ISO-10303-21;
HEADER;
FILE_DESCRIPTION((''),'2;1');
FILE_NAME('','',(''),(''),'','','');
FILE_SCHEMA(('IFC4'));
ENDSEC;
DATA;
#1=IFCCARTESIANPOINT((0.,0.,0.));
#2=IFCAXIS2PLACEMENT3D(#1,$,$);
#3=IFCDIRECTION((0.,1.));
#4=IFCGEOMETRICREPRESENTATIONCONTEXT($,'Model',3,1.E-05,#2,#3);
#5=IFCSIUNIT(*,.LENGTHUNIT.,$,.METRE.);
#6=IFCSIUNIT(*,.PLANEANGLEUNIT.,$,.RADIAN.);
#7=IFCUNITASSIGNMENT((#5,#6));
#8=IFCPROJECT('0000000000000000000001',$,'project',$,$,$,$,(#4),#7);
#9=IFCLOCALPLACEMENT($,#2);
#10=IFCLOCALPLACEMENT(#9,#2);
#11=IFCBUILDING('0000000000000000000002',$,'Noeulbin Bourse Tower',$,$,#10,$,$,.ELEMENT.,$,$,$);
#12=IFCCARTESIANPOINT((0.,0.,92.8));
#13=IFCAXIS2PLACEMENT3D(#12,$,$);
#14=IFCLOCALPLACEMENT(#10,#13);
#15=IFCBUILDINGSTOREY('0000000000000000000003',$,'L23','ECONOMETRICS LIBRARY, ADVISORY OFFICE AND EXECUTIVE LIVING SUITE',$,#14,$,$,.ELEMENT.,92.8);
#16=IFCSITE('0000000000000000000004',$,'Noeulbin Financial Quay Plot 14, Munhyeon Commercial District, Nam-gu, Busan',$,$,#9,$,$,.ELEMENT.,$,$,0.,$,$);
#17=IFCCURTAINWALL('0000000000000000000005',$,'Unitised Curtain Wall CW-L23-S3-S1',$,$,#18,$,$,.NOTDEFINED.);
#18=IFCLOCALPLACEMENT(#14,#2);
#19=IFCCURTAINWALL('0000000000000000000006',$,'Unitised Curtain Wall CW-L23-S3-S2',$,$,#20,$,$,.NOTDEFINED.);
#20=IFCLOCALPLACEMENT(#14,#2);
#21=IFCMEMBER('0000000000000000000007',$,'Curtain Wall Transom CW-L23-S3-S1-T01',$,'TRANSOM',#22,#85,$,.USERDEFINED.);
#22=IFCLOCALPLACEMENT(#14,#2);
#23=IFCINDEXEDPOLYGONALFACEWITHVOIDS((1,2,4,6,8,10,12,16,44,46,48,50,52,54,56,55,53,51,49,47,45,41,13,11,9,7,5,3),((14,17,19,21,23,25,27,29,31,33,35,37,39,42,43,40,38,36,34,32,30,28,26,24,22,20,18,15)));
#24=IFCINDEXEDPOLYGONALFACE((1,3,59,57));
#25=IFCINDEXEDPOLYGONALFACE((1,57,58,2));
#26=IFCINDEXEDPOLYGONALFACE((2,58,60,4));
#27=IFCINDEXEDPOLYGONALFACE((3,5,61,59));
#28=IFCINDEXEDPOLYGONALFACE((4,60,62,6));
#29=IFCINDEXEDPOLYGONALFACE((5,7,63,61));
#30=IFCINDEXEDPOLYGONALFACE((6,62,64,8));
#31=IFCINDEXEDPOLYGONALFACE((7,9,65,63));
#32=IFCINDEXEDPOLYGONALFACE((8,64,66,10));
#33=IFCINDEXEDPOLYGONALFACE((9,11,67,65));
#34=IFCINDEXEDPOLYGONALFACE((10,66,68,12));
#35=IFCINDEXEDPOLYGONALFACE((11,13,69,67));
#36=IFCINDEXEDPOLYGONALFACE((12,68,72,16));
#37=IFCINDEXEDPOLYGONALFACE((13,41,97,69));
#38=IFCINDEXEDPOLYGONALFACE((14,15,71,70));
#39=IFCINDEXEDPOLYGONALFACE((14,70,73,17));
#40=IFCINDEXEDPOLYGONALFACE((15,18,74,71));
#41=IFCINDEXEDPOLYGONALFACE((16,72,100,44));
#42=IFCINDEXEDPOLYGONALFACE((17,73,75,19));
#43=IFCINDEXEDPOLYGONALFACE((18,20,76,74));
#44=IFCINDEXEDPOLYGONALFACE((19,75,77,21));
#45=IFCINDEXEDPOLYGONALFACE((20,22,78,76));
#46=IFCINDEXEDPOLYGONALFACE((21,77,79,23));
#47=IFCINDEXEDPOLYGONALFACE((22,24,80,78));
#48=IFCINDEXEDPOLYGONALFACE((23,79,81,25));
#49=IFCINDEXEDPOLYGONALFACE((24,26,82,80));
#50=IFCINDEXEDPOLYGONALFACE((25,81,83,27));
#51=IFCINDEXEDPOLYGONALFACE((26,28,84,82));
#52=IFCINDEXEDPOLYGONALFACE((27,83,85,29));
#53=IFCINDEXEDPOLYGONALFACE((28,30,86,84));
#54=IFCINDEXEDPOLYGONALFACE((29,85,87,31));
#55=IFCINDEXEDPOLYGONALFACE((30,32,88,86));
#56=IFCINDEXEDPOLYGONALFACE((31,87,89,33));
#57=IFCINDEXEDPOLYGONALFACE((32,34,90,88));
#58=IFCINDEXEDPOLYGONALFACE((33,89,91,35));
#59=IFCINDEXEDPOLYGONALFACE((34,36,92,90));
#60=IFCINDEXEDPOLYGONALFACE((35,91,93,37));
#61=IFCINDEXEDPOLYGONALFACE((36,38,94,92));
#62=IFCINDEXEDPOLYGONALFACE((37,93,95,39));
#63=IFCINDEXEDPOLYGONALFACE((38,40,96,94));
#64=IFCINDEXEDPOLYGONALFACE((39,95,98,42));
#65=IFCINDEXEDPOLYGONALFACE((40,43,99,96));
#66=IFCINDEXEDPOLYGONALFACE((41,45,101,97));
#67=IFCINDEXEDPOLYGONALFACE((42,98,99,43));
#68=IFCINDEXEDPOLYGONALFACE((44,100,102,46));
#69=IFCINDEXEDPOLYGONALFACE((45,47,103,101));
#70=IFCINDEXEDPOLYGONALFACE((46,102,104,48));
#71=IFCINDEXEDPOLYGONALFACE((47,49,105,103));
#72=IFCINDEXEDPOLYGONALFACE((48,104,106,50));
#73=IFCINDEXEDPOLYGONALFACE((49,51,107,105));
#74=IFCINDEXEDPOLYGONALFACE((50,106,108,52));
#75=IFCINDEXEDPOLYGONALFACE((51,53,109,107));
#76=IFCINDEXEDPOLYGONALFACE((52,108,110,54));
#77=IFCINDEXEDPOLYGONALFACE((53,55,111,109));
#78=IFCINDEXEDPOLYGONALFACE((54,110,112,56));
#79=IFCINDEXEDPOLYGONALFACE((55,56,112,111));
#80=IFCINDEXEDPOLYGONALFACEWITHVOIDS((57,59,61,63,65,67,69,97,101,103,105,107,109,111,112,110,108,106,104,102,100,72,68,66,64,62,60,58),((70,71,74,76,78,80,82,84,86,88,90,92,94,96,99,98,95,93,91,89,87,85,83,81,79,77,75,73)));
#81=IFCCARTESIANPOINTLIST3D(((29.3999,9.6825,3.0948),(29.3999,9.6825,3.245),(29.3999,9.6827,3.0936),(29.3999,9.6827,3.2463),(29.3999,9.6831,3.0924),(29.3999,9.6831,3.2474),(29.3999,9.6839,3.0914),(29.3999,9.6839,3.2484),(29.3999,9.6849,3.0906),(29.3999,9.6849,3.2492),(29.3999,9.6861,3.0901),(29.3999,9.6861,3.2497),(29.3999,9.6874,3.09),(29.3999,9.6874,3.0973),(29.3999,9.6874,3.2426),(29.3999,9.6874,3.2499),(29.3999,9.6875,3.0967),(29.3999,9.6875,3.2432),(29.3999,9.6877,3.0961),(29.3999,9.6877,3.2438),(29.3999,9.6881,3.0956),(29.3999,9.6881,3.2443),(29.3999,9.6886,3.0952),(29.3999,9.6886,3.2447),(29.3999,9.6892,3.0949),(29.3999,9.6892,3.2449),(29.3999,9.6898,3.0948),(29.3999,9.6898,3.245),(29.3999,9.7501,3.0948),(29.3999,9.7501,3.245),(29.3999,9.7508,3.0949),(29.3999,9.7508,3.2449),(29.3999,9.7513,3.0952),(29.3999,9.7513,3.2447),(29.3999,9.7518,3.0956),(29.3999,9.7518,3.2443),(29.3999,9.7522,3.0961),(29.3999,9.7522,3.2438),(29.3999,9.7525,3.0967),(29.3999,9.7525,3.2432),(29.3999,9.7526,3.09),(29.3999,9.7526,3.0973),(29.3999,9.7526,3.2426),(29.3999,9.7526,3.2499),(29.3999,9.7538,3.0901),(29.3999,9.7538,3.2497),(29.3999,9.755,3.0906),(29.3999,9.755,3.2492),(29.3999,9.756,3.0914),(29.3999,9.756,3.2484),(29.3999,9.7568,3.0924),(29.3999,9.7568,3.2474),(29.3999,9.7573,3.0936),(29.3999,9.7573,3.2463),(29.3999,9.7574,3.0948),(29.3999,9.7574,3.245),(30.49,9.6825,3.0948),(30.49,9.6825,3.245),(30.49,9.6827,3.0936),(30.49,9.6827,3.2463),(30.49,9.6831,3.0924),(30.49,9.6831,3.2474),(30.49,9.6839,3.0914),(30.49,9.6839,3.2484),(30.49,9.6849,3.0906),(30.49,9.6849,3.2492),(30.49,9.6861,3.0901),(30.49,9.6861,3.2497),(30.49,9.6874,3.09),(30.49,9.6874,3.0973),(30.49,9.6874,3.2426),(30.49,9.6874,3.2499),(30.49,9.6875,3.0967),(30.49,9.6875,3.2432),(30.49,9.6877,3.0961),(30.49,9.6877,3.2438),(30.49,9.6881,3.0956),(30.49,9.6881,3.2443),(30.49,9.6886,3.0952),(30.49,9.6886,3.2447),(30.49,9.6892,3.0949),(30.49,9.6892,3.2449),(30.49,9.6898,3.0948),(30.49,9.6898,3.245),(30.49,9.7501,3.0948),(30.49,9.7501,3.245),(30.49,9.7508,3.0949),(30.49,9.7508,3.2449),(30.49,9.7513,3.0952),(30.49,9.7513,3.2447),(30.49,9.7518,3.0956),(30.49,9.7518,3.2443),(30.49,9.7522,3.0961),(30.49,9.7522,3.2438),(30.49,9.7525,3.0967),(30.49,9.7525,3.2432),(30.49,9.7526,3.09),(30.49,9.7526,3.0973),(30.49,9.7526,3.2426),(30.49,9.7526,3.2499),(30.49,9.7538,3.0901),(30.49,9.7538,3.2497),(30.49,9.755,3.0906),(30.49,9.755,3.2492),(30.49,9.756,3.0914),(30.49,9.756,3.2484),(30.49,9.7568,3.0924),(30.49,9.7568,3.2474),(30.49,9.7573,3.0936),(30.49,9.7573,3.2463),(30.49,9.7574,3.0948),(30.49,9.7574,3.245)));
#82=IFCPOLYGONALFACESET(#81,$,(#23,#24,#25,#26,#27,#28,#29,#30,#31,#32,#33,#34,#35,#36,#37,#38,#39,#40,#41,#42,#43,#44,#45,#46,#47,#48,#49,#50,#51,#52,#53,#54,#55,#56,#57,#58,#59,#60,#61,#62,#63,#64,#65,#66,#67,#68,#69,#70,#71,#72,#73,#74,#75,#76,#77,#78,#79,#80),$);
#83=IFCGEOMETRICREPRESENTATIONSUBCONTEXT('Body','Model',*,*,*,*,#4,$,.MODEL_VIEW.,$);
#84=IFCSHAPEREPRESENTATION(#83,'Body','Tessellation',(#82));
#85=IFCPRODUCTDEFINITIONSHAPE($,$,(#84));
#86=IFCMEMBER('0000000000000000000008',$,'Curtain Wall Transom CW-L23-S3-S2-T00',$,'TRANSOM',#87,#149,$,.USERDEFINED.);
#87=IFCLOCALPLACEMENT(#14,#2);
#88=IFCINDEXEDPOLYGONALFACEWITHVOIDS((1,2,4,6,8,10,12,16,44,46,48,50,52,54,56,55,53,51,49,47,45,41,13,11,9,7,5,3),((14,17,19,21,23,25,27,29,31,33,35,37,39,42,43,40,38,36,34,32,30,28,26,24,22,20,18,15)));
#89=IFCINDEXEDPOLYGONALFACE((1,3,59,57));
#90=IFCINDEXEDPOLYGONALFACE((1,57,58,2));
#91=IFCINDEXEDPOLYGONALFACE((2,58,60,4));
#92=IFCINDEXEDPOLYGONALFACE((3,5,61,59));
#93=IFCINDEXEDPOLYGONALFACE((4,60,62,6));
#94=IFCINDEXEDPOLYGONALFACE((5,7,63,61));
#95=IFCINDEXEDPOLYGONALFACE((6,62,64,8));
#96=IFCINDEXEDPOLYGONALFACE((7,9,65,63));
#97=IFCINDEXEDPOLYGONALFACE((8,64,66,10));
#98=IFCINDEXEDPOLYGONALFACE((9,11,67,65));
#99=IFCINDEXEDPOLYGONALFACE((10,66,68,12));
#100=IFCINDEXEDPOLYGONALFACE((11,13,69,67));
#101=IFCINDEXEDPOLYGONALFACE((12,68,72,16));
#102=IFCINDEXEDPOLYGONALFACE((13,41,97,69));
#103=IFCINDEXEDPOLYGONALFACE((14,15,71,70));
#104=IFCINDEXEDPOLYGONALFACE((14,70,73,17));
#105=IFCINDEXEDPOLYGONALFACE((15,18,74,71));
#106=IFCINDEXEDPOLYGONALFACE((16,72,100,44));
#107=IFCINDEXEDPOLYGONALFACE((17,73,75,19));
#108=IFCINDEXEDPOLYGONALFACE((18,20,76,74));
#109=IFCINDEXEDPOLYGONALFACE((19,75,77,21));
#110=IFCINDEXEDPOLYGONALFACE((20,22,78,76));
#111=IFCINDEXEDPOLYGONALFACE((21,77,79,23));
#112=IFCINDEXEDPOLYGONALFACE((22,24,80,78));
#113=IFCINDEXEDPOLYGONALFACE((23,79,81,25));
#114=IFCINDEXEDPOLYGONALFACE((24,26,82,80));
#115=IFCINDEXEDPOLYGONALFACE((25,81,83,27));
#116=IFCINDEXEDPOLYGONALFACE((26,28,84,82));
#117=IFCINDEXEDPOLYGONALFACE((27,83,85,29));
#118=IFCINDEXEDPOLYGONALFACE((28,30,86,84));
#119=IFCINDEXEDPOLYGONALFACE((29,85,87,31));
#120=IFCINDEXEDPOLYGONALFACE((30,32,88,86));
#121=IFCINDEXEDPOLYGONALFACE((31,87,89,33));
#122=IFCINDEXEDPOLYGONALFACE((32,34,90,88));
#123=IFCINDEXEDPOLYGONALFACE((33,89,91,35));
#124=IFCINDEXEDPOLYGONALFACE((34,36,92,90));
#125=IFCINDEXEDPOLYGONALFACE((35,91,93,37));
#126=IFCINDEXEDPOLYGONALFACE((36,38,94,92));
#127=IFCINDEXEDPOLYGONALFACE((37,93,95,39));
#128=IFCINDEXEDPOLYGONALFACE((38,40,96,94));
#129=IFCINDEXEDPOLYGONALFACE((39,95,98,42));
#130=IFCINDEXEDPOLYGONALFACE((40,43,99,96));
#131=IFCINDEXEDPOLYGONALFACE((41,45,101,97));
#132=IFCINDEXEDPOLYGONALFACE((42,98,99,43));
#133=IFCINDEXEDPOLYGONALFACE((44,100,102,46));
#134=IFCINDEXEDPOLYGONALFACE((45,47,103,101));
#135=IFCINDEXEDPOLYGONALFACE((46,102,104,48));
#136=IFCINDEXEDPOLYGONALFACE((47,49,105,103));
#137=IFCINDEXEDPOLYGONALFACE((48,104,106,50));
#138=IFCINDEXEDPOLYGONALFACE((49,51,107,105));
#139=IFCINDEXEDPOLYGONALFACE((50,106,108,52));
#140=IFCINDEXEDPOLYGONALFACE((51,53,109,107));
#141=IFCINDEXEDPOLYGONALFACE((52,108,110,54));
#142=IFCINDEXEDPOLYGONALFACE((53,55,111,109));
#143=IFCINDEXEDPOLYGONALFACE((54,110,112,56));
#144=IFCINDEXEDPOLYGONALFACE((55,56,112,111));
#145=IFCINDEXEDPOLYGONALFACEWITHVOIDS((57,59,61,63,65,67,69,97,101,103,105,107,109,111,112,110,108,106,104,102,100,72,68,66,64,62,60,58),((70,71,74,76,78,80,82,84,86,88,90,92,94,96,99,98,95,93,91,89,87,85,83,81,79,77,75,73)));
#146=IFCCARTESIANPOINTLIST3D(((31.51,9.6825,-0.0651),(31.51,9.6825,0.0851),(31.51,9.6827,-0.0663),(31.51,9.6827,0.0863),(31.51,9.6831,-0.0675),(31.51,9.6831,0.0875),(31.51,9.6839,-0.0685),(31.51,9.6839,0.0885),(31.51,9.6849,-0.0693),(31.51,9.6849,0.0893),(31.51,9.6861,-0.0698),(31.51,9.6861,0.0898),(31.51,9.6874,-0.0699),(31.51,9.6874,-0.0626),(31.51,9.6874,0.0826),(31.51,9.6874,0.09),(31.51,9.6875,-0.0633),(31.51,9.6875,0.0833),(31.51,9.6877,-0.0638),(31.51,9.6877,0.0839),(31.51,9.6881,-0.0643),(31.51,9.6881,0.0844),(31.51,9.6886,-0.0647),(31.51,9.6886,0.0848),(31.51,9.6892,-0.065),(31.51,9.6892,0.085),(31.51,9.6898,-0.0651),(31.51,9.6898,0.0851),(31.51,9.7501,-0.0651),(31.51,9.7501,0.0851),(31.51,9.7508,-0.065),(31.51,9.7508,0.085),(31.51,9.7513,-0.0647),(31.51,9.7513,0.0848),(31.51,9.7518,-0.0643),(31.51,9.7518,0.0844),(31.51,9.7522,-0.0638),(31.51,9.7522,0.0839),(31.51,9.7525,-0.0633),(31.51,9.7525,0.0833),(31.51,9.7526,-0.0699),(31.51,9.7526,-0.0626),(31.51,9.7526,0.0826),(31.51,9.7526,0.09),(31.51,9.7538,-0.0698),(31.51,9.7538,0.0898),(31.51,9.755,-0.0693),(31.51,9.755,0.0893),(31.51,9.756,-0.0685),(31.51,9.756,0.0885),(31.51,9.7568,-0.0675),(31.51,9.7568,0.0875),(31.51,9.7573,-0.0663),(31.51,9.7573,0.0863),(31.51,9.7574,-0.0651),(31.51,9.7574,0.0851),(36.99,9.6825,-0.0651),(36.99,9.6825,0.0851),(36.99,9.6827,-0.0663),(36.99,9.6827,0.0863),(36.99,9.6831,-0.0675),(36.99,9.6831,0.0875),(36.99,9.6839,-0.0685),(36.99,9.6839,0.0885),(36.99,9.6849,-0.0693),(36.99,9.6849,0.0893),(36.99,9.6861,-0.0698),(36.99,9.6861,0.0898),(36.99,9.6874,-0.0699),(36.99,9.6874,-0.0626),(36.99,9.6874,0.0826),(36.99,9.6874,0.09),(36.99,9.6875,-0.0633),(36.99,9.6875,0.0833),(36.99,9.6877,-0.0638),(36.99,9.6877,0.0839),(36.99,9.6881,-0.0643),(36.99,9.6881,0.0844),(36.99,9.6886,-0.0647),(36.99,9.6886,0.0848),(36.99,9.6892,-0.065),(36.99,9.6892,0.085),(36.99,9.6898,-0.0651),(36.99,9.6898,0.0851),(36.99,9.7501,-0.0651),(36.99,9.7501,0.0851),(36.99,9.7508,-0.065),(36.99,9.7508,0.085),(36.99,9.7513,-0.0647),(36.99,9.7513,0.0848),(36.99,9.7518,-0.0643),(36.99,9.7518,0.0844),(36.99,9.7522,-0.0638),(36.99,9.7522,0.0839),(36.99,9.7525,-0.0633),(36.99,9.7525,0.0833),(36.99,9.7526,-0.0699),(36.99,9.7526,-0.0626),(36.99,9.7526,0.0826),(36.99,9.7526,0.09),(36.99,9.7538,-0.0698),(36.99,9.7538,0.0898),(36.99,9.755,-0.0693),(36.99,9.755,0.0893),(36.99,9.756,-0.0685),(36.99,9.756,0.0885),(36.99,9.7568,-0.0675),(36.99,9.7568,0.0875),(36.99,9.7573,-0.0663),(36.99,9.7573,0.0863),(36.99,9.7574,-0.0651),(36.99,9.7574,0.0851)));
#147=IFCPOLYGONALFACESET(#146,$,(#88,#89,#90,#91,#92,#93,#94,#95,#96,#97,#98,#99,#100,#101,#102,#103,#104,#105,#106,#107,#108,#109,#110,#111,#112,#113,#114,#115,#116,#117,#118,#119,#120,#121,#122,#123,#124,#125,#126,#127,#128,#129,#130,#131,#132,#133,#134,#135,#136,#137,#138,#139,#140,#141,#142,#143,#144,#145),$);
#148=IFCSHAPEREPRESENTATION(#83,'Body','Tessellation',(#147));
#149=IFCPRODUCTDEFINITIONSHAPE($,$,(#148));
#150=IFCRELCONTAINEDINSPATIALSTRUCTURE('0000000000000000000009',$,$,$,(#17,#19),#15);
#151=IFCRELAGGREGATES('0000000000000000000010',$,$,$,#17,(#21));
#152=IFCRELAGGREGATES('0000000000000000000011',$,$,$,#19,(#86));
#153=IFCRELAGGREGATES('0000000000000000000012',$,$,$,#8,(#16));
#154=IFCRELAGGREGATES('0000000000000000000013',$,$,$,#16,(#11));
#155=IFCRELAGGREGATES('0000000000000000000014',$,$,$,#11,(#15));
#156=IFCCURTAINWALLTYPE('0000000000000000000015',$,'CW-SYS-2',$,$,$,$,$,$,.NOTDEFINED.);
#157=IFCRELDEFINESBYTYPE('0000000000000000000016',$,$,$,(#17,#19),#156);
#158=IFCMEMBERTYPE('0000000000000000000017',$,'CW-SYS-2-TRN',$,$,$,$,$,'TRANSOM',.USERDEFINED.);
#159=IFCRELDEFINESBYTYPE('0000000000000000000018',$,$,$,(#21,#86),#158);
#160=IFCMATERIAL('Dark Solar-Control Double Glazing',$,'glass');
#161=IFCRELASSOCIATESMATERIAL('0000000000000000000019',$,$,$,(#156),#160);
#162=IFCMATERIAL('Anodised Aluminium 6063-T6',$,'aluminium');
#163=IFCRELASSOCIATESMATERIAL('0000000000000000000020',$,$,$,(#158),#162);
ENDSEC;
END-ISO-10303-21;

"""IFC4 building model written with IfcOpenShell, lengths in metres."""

from ifc_helpers import new_model, si_unit, direction, frame, origin, origin_2d, place, context, subcontext, project, spatial, hollow_rectangle, extrude, material, material_profile, profile_set, type_object, element, aggregate, save


model = new_model("IFC4")

# Units and contexts
model_context = context("Model", 3, precision=1e-05, world=origin(), true_north=direction((0.0, 1.0)))
body_context = subcontext(model_context, "Body", "Model", "MODEL_VIEW")
ifc_project = project(units=[si_unit("LENGTHUNIT", "METRE"), si_unit("PLANEANGLEUNIT", "RADIAN")], contexts=[model_context])

# Site, building, storey
site_placement = place(None, origin())
site = spatial("IfcSite", under=ifc_project, at=site_placement, Name="Noeulbin Financial Quay Plot 14, Munhyeon Commercial District, Nam-gu, Busan", CompositionType="ELEMENT", RefElevation=0.0)
building_placement = place(site_placement, origin())
building = spatial("IfcBuilding", under=site, at=building_placement, Name="Noeulbin Bourse Tower", CompositionType="ELEMENT")
storey_placement = place(building_placement, frame((0.0, 0.0, 92.8)))
storey = spatial("IfcBuildingStorey", under=building, at=storey_placement, Name="L23", Description="ECONOMETRICS LIBRARY, ADVISORY OFFICE AND EXECUTIVE LIVING SUITE", CompositionType="ELEMENT", Elevation=92.8)

# Curtain walls
ifc_material_1 = material(Name="Dark Solar-Control Double Glazing", Category="glass")
curtain_wall_type = type_object("IfcCurtainWallType", Name="CW-SYS-2", PredefinedType="NOTDEFINED", material=ifc_material_1)
curtain_wall_1_placement = place(storey_placement, origin())
curtain_wall_1 = element("IfcCurtainWall", 1, at=curtain_wall_1_placement, inside=storey, type_object=curtain_wall_type, Name="Unitised Curtain Wall CW-L23-S3-S1", PredefinedType="NOTDEFINED")
ifc_material_2 = material(Name="Anodised Aluminium 6063-T6", Category="aluminium")
curtain_wall_2_placement = place(storey_placement, origin())
curtain_wall_2 = element("IfcCurtainWall", 2, at=curtain_wall_2_placement, inside=storey, type_object=curtain_wall_type, Name="Unitised Curtain Wall CW-L23-S3-S2", PredefinedType="NOTDEFINED")

# Members
ifc_material_profile_1 = material_profile(ifc_material_2, hollow_rectangle(XDim=0.075, YDim=0.1599, WallThickness=0.0049, InnerFilletRadius=0.0024, OuterFilletRadius=0.0049, at=origin_2d()), Name="ALU-TRAN-75x160x5", Category="LoadBearing")
ifc_profile_set_1 = profile_set([ifc_material_profile_1], Name="Anodised Aluminium 6063-T6")
member_type_1 = type_object("IfcMemberType", Name="CW-SYS-2-TRN", ElementType="TRANSOM", PredefinedType="USERDEFINED", material=ifc_profile_set_1)
member_1_placement = place(storey_placement, frame((29.3999, 9.72, 3.1699), z_axis=(1.0, 0.0, 0.0), x_axis=(0.0, 1.0, 0.0)))
member_1 = element("IfcMember", 3, at=member_1_placement, type_object=member_type_1, Name="Curtain Wall Transom CW-L23-S3-S1-T01", ObjectType="TRANSOM", PredefinedType="USERDEFINED", context=body_context, shape_type="SweptSolid", body=[
    extrude(hollow_rectangle(XDim=0.075, YDim=0.1599, WallThickness=0.0049, InnerFilletRadius=0.0024, OuterFilletRadius=0.0049, at=origin_2d()), origin(), (0.0, 0.0, 1.0), 1.0901),
])
member_2_placement = place(storey_placement, frame((31.51, 9.72, 0.01), z_axis=(1.0, 0.0, 0.0), x_axis=(0.0, 1.0, 0.0)))
member_2 = element("IfcMember", 4, at=member_2_placement, type_object=member_type_1, Name="Curtain Wall Transom CW-L23-S3-S2-T00", ObjectType="TRANSOM", PredefinedType="USERDEFINED", context=body_context, shape_type="SweptSolid", body=[
    extrude(hollow_rectangle(XDim=0.075, YDim=0.1599, WallThickness=0.0049, InnerFilletRadius=0.0024, OuterFilletRadius=0.0049, at=origin_2d()), origin(), (0.0, 0.0, 1.0), 5.48),
])

aggregate(curtain_wall_1, [member_1])
aggregate(curtain_wall_2, [member_2])

save(model, "model.ifc")
